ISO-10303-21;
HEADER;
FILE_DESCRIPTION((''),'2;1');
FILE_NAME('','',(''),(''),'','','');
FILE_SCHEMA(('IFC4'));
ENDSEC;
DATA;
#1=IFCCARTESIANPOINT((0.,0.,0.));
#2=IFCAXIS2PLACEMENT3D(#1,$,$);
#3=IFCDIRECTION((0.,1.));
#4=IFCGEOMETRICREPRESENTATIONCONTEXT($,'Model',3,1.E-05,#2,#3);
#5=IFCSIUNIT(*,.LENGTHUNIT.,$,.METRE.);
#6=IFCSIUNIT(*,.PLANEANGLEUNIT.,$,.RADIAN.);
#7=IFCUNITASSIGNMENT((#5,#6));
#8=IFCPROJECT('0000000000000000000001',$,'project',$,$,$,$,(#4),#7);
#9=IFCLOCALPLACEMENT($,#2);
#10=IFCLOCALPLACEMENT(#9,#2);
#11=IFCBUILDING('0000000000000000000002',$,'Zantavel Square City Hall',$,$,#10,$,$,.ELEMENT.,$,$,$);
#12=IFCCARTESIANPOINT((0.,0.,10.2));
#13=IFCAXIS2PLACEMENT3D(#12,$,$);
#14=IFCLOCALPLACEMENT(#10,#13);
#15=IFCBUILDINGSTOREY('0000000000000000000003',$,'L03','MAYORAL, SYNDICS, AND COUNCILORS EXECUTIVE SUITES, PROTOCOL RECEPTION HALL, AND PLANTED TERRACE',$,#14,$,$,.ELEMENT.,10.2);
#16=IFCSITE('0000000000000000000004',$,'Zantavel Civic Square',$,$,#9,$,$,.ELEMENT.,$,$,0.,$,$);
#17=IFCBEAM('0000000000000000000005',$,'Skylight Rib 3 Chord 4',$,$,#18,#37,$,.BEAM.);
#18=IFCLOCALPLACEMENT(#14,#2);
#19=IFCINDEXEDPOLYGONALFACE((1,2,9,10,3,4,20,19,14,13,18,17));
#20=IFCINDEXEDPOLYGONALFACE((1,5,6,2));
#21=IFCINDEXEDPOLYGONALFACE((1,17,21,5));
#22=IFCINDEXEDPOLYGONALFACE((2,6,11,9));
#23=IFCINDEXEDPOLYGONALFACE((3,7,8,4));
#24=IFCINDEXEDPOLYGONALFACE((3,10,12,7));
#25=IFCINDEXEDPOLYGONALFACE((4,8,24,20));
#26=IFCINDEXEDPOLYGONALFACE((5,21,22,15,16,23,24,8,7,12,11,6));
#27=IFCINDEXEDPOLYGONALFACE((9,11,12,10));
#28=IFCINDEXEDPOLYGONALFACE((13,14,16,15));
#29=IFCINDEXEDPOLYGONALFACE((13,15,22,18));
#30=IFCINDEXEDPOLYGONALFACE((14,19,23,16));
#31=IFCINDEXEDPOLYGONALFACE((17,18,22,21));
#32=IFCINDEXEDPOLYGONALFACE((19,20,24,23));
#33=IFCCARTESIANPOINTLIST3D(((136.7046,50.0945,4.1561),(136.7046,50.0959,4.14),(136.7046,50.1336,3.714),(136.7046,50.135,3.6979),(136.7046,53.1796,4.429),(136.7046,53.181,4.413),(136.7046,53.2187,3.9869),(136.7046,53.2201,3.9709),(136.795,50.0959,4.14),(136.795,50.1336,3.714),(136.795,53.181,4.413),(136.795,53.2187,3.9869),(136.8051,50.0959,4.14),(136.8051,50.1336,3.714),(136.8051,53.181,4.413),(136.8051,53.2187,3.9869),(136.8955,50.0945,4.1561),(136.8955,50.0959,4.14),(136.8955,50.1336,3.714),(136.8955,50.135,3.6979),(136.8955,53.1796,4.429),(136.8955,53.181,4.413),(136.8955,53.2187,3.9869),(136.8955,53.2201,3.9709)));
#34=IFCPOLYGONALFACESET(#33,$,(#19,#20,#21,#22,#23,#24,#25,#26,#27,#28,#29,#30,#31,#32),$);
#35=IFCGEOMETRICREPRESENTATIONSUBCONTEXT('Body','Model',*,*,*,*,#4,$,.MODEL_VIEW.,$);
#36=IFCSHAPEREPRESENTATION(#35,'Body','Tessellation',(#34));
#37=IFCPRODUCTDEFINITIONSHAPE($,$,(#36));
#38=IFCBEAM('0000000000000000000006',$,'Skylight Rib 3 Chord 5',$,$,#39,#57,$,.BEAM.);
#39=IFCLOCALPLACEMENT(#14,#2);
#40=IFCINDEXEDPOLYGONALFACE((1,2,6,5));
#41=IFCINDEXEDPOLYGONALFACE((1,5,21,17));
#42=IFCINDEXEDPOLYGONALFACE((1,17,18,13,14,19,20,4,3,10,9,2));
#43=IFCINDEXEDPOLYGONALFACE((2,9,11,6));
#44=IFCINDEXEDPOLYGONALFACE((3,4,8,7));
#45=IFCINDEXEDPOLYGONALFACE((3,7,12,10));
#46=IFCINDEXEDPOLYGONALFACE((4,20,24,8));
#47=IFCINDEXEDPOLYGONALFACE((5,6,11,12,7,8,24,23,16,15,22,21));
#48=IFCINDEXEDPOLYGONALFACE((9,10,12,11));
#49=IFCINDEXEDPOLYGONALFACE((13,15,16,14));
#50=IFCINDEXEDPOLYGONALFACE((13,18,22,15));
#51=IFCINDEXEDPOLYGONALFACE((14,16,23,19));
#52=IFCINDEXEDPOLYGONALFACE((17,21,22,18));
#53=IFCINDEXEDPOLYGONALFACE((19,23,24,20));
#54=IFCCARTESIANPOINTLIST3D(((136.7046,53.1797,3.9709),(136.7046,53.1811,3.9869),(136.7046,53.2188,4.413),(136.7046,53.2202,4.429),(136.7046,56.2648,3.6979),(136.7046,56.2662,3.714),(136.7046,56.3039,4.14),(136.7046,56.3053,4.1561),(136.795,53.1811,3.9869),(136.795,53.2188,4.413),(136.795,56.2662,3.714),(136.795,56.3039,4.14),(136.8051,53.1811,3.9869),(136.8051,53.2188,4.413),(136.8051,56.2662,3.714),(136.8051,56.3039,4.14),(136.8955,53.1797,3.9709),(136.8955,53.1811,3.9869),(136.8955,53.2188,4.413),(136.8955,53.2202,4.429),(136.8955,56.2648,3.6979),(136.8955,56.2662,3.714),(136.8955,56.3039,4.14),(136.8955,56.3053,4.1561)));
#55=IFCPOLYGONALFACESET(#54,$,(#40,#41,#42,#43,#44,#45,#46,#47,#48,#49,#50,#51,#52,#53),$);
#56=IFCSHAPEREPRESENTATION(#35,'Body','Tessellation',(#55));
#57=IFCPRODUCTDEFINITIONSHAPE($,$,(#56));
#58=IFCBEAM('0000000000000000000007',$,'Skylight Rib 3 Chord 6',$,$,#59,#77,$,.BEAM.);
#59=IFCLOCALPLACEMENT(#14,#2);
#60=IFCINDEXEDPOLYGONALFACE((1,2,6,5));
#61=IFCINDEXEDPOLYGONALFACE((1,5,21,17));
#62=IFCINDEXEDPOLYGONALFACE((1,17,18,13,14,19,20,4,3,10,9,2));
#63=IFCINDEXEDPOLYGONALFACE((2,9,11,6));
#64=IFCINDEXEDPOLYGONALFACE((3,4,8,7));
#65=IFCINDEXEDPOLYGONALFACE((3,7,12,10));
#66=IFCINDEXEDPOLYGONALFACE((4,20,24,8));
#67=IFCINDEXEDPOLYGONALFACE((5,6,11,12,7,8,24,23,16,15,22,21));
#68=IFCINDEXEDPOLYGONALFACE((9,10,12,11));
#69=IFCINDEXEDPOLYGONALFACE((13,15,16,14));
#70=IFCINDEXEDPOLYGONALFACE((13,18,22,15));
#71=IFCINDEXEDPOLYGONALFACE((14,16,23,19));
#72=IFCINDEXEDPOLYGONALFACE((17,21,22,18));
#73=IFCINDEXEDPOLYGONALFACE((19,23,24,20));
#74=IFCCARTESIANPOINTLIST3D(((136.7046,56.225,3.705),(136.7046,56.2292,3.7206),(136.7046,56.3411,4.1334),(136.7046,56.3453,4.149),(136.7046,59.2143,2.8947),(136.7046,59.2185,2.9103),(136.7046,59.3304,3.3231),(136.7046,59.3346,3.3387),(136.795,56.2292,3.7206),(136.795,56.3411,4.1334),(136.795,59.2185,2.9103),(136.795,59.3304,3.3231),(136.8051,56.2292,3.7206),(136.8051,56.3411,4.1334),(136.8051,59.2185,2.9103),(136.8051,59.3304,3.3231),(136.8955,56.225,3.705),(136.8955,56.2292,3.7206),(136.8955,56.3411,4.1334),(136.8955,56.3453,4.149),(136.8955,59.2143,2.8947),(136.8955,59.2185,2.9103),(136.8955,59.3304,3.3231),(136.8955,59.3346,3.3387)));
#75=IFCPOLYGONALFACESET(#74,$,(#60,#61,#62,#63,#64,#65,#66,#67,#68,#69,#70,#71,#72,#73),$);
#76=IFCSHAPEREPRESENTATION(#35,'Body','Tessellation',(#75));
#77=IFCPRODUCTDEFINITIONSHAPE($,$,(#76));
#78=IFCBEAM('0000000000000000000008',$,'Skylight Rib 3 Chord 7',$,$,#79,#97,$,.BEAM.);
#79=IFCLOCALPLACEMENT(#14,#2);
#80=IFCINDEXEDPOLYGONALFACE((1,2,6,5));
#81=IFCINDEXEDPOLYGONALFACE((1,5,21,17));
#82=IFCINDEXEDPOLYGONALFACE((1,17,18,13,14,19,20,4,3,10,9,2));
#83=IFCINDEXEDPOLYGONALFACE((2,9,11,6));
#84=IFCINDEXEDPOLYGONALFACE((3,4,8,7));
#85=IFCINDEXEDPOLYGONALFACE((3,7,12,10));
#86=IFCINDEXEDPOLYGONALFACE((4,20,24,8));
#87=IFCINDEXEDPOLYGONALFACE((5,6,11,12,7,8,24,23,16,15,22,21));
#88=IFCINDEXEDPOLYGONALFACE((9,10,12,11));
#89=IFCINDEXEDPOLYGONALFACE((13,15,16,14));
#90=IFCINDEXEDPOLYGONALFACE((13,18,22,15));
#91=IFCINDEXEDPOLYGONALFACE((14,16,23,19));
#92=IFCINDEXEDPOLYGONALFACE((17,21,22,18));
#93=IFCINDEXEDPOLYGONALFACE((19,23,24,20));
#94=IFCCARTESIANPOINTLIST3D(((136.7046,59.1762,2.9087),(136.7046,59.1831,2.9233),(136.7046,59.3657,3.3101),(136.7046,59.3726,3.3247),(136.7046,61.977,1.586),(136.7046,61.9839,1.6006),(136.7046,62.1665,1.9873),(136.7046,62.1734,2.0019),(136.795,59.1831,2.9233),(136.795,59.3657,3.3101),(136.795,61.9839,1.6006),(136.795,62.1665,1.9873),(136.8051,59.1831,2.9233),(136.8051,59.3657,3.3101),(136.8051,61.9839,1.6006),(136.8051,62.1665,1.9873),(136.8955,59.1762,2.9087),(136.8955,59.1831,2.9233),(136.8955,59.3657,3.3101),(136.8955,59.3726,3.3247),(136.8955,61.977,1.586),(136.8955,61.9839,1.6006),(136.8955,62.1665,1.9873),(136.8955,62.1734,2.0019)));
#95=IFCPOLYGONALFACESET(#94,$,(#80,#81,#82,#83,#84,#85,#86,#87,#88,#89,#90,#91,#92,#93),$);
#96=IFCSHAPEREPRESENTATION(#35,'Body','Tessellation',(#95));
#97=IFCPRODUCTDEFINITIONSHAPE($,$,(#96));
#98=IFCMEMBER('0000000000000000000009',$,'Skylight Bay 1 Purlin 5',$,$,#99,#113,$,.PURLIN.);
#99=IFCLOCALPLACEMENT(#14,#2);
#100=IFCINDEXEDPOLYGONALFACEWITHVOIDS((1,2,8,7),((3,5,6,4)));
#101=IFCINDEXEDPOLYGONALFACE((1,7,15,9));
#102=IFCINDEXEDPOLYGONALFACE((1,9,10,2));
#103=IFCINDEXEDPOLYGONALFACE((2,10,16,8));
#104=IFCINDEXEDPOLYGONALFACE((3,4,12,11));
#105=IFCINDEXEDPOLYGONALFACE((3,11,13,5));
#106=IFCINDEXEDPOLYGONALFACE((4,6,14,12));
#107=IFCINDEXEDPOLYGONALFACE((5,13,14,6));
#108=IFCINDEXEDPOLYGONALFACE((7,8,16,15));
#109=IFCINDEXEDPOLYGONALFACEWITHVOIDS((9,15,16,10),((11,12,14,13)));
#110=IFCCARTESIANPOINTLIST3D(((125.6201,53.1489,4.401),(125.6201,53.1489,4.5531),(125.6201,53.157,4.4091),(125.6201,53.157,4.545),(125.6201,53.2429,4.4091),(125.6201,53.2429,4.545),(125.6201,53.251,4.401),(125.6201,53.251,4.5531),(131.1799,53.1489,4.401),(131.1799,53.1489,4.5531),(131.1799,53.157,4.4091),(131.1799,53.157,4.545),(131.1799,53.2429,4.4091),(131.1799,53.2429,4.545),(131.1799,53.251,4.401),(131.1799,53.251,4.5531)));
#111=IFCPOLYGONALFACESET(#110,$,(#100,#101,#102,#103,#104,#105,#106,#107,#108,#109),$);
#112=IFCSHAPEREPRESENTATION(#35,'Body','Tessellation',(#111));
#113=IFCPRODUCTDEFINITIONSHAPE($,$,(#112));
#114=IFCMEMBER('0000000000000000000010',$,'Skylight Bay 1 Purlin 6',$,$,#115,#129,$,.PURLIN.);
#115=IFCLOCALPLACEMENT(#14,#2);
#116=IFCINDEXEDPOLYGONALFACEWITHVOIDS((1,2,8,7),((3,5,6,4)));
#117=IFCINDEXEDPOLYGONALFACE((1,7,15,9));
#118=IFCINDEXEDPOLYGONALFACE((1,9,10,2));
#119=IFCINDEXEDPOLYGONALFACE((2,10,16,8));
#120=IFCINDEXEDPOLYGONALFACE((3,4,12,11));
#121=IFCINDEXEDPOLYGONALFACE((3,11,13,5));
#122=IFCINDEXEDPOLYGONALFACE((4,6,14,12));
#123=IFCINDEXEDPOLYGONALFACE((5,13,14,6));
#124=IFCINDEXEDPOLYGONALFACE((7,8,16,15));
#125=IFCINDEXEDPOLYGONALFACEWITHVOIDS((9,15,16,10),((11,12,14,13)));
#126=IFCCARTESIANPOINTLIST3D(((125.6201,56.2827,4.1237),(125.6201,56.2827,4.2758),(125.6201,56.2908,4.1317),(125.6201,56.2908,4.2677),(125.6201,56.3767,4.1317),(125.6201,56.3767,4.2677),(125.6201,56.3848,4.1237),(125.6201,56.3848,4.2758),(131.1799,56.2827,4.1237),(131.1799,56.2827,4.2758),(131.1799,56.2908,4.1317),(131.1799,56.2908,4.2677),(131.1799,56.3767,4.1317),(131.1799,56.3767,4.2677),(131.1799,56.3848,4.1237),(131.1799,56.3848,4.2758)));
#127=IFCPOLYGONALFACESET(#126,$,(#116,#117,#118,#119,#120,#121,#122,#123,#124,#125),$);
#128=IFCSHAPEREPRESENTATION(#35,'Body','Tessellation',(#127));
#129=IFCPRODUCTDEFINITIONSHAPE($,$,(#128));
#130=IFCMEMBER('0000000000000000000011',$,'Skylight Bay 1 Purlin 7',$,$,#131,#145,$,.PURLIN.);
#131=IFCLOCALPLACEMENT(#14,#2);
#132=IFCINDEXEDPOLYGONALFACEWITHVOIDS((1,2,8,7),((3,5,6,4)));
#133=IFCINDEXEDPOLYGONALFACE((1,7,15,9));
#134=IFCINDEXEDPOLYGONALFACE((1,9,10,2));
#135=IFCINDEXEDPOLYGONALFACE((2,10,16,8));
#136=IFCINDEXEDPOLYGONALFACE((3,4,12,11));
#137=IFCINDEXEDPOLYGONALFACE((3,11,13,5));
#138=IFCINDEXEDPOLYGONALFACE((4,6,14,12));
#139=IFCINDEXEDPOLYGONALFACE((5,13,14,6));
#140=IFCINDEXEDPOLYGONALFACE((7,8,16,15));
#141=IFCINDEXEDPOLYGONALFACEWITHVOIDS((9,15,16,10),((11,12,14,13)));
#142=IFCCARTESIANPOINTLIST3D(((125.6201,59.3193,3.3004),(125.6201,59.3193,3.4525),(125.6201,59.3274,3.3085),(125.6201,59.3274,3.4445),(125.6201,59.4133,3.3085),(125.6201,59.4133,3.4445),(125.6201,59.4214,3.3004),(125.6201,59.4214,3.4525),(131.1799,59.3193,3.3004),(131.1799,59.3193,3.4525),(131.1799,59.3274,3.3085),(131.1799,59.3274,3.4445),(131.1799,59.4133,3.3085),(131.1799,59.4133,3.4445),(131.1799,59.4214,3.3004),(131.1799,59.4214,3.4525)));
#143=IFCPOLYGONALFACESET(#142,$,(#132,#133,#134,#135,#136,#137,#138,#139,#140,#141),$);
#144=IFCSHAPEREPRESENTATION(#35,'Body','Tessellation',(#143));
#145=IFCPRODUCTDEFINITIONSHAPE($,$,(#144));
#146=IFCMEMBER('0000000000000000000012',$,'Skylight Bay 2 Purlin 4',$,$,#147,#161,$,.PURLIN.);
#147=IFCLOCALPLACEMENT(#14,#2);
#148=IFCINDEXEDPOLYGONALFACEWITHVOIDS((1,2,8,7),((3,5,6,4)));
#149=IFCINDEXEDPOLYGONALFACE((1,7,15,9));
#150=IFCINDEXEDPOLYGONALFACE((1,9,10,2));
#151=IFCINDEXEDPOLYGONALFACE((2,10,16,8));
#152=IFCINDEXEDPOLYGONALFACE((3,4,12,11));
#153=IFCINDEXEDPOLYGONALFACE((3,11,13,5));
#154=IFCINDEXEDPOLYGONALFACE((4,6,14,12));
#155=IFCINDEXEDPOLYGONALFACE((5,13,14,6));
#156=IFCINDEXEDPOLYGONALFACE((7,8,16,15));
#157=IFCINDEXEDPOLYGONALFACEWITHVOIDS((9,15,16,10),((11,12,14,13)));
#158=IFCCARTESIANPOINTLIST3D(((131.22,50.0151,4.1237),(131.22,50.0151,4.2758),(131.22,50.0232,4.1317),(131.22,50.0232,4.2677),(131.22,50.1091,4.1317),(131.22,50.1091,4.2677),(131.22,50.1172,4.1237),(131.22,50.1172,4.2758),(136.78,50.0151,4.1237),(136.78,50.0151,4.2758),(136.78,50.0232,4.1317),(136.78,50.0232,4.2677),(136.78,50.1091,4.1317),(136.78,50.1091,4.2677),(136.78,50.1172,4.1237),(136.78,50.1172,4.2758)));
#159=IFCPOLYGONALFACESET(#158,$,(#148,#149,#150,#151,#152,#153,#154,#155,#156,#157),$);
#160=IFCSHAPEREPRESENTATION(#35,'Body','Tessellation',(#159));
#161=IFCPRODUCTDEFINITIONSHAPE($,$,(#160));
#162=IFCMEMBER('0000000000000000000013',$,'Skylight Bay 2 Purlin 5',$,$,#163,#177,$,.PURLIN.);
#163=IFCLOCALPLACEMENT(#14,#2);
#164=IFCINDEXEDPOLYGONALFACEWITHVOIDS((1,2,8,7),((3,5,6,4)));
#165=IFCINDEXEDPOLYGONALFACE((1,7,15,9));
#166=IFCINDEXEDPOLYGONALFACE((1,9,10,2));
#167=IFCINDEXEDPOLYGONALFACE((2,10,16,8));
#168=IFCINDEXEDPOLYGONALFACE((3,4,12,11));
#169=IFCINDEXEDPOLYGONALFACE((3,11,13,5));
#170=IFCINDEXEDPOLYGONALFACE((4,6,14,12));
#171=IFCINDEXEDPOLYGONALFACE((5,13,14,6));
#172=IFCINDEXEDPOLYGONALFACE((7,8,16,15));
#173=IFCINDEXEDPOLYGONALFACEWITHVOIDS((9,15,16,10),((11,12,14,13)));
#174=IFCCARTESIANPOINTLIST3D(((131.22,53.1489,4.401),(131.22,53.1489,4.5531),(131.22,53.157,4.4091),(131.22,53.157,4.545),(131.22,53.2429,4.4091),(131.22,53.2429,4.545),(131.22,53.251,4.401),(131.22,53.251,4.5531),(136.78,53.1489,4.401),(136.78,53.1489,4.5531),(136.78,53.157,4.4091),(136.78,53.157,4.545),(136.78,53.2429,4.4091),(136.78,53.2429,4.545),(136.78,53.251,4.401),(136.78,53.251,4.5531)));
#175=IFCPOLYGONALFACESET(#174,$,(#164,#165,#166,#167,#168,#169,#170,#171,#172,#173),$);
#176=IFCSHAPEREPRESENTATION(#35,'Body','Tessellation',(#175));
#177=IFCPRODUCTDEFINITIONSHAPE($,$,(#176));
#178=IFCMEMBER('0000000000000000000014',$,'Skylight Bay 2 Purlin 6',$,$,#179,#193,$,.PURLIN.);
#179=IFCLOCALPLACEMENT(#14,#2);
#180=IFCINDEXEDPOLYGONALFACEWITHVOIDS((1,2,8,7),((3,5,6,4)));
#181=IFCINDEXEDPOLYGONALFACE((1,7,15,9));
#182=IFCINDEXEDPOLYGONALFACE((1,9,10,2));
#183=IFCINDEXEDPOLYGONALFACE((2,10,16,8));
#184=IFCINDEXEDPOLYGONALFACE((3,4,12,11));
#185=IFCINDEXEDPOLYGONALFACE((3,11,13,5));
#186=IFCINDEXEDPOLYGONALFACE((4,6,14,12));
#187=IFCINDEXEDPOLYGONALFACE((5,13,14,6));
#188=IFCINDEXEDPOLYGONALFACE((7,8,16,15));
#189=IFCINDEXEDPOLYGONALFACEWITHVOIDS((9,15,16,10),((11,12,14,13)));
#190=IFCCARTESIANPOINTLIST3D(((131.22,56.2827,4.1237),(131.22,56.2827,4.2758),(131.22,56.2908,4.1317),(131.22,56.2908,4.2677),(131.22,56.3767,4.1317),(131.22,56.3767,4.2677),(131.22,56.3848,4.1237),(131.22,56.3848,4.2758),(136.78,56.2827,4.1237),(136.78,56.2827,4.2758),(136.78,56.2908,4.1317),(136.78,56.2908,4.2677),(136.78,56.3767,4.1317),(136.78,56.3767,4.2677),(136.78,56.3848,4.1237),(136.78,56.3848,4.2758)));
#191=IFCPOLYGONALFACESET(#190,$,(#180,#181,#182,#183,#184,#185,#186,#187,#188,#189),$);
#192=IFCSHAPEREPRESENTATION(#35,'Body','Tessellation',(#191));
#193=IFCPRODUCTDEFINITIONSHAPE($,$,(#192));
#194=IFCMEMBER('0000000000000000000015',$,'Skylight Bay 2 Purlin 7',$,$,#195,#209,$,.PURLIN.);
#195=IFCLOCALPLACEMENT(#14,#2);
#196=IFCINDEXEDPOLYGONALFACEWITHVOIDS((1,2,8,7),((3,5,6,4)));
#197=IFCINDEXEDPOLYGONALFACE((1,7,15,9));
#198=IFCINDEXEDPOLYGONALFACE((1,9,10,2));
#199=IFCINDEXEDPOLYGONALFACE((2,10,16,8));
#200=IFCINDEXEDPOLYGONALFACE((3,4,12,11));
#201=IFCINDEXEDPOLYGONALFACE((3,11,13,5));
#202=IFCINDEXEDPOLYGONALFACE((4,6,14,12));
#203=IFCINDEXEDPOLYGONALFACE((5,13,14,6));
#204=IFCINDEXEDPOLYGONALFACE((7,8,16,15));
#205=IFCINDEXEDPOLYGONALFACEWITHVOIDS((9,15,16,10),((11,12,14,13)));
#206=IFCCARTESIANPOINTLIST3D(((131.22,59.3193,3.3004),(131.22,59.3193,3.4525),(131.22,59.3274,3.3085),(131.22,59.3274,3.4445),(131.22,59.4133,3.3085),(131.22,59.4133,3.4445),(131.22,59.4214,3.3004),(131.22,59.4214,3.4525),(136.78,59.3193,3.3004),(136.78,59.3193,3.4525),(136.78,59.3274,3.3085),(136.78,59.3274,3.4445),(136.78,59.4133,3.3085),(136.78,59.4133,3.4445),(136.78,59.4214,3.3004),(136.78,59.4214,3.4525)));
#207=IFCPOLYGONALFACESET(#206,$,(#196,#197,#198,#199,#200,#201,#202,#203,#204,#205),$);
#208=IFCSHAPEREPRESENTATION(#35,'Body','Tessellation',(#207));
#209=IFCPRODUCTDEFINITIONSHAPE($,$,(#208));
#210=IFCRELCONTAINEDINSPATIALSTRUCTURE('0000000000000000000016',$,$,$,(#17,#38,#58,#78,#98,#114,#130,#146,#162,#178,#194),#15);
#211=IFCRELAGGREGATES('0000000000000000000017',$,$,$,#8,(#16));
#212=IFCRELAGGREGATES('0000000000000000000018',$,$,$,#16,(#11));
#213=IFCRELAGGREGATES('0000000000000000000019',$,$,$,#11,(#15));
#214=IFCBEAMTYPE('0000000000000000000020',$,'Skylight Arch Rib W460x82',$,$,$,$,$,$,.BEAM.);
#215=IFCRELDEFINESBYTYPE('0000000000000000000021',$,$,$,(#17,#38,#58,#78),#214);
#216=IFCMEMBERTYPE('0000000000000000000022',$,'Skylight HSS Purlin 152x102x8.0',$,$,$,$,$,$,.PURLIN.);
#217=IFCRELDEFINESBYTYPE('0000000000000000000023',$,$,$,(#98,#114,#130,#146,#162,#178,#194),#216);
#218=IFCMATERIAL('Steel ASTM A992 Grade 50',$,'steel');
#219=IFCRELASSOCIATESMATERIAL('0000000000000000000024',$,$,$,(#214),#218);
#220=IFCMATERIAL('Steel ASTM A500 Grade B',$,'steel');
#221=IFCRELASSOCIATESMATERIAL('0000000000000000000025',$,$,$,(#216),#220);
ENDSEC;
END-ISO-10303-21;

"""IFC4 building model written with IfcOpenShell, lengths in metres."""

from ifc_helpers import new_model, si_unit, direction, frame, origin, origin_2d, place, context, subcontext, project, spatial, hollow_rectangle, i_section, extrude, material, material_profile, profile_set, type_object, element, save


model = new_model("IFC4")

# Units and contexts
model_context = context("Model", 3, precision=1e-05, world=origin(), true_north=direction((0.0, 1.0)))
body_context = subcontext(model_context, "Body", "Model", "MODEL_VIEW")
ifc_project = project(units=[si_unit("LENGTHUNIT", "METRE"), si_unit("PLANEANGLEUNIT", "RADIAN")], contexts=[model_context])

# Site, building, storey
site_placement = place(None, origin())
site = spatial("IfcSite", under=ifc_project, at=site_placement, Name="Zantavel Civic Square", CompositionType="ELEMENT", RefElevation=0.0)
building_placement = place(site_placement, origin())
building = spatial("IfcBuilding", under=site, at=building_placement, Name="Zantavel Square City Hall", CompositionType="ELEMENT")
storey_placement = place(building_placement, frame((0.0, 0.0, 10.2)))
storey = spatial("IfcBuildingStorey", under=building, at=storey_placement, Name="L03", Description="MAYORAL, SYNDICS, AND COUNCILORS EXECUTIVE SUITES, PROTOCOL RECEPTION HALL, AND PLANTED TERRACE", CompositionType="ELEMENT", Elevation=10.2)

# Beams
ifc_material_1 = material(Name="Steel ASTM A992 Grade 50", Category="steel")
ifc_material_profile_1 = material_profile(ifc_material_1, i_section(OverallWidth=0.1909, OverallDepth=0.46, WebThickness=0.01, FlangeThickness=0.0161, at=origin_2d()), Name="W460x82")
ifc_profile_set_1 = profile_set([ifc_material_profile_1], Name="Steel ASTM A992 Grade 50")
beam_type_1 = type_object("IfcBeamType", Name="Skylight Arch Rib W460x82", PredefinedType="BEAM", material=ifc_profile_set_1)
for number, where, z_axis, x_axis, name in (
    (1, (136.8, 50.1147, 3.927), (0.0, 0.996109, 0.088126), (-1.0, 0.0, 0.0), "Skylight Rib 3 Chord 4"),
    (2, (136.8, 53.2, 4.2), (0.0, 0.996109, -0.088126), (-1.0, 0.0, 0.0), "Skylight Rib 3 Chord 5"),
    (3, (136.8, 56.2852, 3.927), (0.0, 0.965168, -0.26163), (-1.0, 0.0, 0.0), "Skylight Rib 3 Chord 6"),
):
    element("IfcBeam", number, at=place(storey_placement, frame(where, z_axis=z_axis, x_axis=x_axis)), inside=storey, type_object=beam_type_1, Name=name, PredefinedType="BEAM", context=body_context, shape_type="SweptSolid", body=[
        extrude(i_section(OverallWidth=0.1909, OverallDepth=0.46, WebThickness=0.01, FlangeThickness=0.0161, at=origin_2d()), origin(), (0.0, 0.0, 1.0), 3.0972),
    ])
beam_1_placement = place(storey_placement, frame((136.8, 59.2744, 3.1167), z_axis=(0.0, 0.904228, -0.427049), x_axis=(-1.0, 0.0, 0.0)))
element("IfcBeam", 4, at=beam_1_placement, inside=storey, type_object=beam_type_1, Name="Skylight Rib 3 Chord 7", PredefinedType="BEAM", context=body_context, shape_type="SweptSolid", body=[
    extrude(i_section(OverallWidth=0.1909, OverallDepth=0.46, WebThickness=0.01, FlangeThickness=0.0161, at=origin_2d()), origin(), (0.0, 0.0, 1.0), 3.0974),
])

# Members
ifc_material_2 = material(Name="Steel ASTM A500 Grade B", Category="steel")
ifc_material_profile_2 = material_profile(ifc_material_2, hollow_rectangle(XDim=0.1021, YDim=0.1521, WallThickness=0.0081, at=origin_2d()), Name="HSS 152x102x8.0")
ifc_profile_set_2 = profile_set([ifc_material_profile_2], Name="Steel ASTM A500 Grade B")
member_type = type_object("IfcMemberType", Name="Skylight HSS Purlin 152x102x8.0", PredefinedType="PURLIN", material=ifc_profile_set_2)
for number, where, z_axis, x_axis, name in (
    (5, (125.6201, 53.2, 4.4771), (1.0, 0.0, 0.0), (0.0, 1.0, 0.0), "Skylight Bay 1 Purlin 5"),
    (6, (125.6201, 56.3337, 4.1997), (1.0, 0.0, 0.0), (0.0, 1.0, 0.0), "Skylight Bay 1 Purlin 6"),
    (7, (125.6201, 59.3704, 3.3765), (1.0, 0.0, 0.0), (0.0, 1.0, 0.0), "Skylight Bay 1 Purlin 7"),
):
    element("IfcMember", number, at=place(storey_placement, frame(where, z_axis=z_axis, x_axis=x_axis)), inside=storey, type_object=member_type, Name=name, PredefinedType="PURLIN", context=body_context, shape_type="SweptSolid", body=[
        extrude(hollow_rectangle(XDim=0.1021, YDim=0.1521, WallThickness=0.0081, at=origin_2d()), origin(), (0.0, 0.0, 1.0), 5.5598),
    ])
for number, where, z_axis, x_axis, name in (
    (8, (131.22, 50.0662, 4.1997), (1.0, 0.0, 0.0), (0.0, 1.0, 0.0), "Skylight Bay 2 Purlin 4"),
    (9, (131.22, 53.2, 4.4771), (1.0, 0.0, 0.0), (0.0, 1.0, 0.0), "Skylight Bay 2 Purlin 5"),
    (10, (131.22, 56.3337, 4.1997), (1.0, 0.0, 0.0), (0.0, 1.0, 0.0), "Skylight Bay 2 Purlin 6"),
    (11, (131.22, 59.3704, 3.3765), (1.0, 0.0, 0.0), (0.0, 1.0, 0.0), "Skylight Bay 2 Purlin 7"),
):
    element("IfcMember", number, at=place(storey_placement, frame(where, z_axis=z_axis, x_axis=x_axis)), inside=storey, type_object=member_type, Name=name, PredefinedType="PURLIN", context=body_context, shape_type="SweptSolid", body=[
        extrude(hollow_rectangle(XDim=0.1021, YDim=0.1521, WallThickness=0.0081, at=origin_2d()), origin(), (0.0, 0.0, 1.0), 5.5601),
    ])

save(model, "model.ifc")
